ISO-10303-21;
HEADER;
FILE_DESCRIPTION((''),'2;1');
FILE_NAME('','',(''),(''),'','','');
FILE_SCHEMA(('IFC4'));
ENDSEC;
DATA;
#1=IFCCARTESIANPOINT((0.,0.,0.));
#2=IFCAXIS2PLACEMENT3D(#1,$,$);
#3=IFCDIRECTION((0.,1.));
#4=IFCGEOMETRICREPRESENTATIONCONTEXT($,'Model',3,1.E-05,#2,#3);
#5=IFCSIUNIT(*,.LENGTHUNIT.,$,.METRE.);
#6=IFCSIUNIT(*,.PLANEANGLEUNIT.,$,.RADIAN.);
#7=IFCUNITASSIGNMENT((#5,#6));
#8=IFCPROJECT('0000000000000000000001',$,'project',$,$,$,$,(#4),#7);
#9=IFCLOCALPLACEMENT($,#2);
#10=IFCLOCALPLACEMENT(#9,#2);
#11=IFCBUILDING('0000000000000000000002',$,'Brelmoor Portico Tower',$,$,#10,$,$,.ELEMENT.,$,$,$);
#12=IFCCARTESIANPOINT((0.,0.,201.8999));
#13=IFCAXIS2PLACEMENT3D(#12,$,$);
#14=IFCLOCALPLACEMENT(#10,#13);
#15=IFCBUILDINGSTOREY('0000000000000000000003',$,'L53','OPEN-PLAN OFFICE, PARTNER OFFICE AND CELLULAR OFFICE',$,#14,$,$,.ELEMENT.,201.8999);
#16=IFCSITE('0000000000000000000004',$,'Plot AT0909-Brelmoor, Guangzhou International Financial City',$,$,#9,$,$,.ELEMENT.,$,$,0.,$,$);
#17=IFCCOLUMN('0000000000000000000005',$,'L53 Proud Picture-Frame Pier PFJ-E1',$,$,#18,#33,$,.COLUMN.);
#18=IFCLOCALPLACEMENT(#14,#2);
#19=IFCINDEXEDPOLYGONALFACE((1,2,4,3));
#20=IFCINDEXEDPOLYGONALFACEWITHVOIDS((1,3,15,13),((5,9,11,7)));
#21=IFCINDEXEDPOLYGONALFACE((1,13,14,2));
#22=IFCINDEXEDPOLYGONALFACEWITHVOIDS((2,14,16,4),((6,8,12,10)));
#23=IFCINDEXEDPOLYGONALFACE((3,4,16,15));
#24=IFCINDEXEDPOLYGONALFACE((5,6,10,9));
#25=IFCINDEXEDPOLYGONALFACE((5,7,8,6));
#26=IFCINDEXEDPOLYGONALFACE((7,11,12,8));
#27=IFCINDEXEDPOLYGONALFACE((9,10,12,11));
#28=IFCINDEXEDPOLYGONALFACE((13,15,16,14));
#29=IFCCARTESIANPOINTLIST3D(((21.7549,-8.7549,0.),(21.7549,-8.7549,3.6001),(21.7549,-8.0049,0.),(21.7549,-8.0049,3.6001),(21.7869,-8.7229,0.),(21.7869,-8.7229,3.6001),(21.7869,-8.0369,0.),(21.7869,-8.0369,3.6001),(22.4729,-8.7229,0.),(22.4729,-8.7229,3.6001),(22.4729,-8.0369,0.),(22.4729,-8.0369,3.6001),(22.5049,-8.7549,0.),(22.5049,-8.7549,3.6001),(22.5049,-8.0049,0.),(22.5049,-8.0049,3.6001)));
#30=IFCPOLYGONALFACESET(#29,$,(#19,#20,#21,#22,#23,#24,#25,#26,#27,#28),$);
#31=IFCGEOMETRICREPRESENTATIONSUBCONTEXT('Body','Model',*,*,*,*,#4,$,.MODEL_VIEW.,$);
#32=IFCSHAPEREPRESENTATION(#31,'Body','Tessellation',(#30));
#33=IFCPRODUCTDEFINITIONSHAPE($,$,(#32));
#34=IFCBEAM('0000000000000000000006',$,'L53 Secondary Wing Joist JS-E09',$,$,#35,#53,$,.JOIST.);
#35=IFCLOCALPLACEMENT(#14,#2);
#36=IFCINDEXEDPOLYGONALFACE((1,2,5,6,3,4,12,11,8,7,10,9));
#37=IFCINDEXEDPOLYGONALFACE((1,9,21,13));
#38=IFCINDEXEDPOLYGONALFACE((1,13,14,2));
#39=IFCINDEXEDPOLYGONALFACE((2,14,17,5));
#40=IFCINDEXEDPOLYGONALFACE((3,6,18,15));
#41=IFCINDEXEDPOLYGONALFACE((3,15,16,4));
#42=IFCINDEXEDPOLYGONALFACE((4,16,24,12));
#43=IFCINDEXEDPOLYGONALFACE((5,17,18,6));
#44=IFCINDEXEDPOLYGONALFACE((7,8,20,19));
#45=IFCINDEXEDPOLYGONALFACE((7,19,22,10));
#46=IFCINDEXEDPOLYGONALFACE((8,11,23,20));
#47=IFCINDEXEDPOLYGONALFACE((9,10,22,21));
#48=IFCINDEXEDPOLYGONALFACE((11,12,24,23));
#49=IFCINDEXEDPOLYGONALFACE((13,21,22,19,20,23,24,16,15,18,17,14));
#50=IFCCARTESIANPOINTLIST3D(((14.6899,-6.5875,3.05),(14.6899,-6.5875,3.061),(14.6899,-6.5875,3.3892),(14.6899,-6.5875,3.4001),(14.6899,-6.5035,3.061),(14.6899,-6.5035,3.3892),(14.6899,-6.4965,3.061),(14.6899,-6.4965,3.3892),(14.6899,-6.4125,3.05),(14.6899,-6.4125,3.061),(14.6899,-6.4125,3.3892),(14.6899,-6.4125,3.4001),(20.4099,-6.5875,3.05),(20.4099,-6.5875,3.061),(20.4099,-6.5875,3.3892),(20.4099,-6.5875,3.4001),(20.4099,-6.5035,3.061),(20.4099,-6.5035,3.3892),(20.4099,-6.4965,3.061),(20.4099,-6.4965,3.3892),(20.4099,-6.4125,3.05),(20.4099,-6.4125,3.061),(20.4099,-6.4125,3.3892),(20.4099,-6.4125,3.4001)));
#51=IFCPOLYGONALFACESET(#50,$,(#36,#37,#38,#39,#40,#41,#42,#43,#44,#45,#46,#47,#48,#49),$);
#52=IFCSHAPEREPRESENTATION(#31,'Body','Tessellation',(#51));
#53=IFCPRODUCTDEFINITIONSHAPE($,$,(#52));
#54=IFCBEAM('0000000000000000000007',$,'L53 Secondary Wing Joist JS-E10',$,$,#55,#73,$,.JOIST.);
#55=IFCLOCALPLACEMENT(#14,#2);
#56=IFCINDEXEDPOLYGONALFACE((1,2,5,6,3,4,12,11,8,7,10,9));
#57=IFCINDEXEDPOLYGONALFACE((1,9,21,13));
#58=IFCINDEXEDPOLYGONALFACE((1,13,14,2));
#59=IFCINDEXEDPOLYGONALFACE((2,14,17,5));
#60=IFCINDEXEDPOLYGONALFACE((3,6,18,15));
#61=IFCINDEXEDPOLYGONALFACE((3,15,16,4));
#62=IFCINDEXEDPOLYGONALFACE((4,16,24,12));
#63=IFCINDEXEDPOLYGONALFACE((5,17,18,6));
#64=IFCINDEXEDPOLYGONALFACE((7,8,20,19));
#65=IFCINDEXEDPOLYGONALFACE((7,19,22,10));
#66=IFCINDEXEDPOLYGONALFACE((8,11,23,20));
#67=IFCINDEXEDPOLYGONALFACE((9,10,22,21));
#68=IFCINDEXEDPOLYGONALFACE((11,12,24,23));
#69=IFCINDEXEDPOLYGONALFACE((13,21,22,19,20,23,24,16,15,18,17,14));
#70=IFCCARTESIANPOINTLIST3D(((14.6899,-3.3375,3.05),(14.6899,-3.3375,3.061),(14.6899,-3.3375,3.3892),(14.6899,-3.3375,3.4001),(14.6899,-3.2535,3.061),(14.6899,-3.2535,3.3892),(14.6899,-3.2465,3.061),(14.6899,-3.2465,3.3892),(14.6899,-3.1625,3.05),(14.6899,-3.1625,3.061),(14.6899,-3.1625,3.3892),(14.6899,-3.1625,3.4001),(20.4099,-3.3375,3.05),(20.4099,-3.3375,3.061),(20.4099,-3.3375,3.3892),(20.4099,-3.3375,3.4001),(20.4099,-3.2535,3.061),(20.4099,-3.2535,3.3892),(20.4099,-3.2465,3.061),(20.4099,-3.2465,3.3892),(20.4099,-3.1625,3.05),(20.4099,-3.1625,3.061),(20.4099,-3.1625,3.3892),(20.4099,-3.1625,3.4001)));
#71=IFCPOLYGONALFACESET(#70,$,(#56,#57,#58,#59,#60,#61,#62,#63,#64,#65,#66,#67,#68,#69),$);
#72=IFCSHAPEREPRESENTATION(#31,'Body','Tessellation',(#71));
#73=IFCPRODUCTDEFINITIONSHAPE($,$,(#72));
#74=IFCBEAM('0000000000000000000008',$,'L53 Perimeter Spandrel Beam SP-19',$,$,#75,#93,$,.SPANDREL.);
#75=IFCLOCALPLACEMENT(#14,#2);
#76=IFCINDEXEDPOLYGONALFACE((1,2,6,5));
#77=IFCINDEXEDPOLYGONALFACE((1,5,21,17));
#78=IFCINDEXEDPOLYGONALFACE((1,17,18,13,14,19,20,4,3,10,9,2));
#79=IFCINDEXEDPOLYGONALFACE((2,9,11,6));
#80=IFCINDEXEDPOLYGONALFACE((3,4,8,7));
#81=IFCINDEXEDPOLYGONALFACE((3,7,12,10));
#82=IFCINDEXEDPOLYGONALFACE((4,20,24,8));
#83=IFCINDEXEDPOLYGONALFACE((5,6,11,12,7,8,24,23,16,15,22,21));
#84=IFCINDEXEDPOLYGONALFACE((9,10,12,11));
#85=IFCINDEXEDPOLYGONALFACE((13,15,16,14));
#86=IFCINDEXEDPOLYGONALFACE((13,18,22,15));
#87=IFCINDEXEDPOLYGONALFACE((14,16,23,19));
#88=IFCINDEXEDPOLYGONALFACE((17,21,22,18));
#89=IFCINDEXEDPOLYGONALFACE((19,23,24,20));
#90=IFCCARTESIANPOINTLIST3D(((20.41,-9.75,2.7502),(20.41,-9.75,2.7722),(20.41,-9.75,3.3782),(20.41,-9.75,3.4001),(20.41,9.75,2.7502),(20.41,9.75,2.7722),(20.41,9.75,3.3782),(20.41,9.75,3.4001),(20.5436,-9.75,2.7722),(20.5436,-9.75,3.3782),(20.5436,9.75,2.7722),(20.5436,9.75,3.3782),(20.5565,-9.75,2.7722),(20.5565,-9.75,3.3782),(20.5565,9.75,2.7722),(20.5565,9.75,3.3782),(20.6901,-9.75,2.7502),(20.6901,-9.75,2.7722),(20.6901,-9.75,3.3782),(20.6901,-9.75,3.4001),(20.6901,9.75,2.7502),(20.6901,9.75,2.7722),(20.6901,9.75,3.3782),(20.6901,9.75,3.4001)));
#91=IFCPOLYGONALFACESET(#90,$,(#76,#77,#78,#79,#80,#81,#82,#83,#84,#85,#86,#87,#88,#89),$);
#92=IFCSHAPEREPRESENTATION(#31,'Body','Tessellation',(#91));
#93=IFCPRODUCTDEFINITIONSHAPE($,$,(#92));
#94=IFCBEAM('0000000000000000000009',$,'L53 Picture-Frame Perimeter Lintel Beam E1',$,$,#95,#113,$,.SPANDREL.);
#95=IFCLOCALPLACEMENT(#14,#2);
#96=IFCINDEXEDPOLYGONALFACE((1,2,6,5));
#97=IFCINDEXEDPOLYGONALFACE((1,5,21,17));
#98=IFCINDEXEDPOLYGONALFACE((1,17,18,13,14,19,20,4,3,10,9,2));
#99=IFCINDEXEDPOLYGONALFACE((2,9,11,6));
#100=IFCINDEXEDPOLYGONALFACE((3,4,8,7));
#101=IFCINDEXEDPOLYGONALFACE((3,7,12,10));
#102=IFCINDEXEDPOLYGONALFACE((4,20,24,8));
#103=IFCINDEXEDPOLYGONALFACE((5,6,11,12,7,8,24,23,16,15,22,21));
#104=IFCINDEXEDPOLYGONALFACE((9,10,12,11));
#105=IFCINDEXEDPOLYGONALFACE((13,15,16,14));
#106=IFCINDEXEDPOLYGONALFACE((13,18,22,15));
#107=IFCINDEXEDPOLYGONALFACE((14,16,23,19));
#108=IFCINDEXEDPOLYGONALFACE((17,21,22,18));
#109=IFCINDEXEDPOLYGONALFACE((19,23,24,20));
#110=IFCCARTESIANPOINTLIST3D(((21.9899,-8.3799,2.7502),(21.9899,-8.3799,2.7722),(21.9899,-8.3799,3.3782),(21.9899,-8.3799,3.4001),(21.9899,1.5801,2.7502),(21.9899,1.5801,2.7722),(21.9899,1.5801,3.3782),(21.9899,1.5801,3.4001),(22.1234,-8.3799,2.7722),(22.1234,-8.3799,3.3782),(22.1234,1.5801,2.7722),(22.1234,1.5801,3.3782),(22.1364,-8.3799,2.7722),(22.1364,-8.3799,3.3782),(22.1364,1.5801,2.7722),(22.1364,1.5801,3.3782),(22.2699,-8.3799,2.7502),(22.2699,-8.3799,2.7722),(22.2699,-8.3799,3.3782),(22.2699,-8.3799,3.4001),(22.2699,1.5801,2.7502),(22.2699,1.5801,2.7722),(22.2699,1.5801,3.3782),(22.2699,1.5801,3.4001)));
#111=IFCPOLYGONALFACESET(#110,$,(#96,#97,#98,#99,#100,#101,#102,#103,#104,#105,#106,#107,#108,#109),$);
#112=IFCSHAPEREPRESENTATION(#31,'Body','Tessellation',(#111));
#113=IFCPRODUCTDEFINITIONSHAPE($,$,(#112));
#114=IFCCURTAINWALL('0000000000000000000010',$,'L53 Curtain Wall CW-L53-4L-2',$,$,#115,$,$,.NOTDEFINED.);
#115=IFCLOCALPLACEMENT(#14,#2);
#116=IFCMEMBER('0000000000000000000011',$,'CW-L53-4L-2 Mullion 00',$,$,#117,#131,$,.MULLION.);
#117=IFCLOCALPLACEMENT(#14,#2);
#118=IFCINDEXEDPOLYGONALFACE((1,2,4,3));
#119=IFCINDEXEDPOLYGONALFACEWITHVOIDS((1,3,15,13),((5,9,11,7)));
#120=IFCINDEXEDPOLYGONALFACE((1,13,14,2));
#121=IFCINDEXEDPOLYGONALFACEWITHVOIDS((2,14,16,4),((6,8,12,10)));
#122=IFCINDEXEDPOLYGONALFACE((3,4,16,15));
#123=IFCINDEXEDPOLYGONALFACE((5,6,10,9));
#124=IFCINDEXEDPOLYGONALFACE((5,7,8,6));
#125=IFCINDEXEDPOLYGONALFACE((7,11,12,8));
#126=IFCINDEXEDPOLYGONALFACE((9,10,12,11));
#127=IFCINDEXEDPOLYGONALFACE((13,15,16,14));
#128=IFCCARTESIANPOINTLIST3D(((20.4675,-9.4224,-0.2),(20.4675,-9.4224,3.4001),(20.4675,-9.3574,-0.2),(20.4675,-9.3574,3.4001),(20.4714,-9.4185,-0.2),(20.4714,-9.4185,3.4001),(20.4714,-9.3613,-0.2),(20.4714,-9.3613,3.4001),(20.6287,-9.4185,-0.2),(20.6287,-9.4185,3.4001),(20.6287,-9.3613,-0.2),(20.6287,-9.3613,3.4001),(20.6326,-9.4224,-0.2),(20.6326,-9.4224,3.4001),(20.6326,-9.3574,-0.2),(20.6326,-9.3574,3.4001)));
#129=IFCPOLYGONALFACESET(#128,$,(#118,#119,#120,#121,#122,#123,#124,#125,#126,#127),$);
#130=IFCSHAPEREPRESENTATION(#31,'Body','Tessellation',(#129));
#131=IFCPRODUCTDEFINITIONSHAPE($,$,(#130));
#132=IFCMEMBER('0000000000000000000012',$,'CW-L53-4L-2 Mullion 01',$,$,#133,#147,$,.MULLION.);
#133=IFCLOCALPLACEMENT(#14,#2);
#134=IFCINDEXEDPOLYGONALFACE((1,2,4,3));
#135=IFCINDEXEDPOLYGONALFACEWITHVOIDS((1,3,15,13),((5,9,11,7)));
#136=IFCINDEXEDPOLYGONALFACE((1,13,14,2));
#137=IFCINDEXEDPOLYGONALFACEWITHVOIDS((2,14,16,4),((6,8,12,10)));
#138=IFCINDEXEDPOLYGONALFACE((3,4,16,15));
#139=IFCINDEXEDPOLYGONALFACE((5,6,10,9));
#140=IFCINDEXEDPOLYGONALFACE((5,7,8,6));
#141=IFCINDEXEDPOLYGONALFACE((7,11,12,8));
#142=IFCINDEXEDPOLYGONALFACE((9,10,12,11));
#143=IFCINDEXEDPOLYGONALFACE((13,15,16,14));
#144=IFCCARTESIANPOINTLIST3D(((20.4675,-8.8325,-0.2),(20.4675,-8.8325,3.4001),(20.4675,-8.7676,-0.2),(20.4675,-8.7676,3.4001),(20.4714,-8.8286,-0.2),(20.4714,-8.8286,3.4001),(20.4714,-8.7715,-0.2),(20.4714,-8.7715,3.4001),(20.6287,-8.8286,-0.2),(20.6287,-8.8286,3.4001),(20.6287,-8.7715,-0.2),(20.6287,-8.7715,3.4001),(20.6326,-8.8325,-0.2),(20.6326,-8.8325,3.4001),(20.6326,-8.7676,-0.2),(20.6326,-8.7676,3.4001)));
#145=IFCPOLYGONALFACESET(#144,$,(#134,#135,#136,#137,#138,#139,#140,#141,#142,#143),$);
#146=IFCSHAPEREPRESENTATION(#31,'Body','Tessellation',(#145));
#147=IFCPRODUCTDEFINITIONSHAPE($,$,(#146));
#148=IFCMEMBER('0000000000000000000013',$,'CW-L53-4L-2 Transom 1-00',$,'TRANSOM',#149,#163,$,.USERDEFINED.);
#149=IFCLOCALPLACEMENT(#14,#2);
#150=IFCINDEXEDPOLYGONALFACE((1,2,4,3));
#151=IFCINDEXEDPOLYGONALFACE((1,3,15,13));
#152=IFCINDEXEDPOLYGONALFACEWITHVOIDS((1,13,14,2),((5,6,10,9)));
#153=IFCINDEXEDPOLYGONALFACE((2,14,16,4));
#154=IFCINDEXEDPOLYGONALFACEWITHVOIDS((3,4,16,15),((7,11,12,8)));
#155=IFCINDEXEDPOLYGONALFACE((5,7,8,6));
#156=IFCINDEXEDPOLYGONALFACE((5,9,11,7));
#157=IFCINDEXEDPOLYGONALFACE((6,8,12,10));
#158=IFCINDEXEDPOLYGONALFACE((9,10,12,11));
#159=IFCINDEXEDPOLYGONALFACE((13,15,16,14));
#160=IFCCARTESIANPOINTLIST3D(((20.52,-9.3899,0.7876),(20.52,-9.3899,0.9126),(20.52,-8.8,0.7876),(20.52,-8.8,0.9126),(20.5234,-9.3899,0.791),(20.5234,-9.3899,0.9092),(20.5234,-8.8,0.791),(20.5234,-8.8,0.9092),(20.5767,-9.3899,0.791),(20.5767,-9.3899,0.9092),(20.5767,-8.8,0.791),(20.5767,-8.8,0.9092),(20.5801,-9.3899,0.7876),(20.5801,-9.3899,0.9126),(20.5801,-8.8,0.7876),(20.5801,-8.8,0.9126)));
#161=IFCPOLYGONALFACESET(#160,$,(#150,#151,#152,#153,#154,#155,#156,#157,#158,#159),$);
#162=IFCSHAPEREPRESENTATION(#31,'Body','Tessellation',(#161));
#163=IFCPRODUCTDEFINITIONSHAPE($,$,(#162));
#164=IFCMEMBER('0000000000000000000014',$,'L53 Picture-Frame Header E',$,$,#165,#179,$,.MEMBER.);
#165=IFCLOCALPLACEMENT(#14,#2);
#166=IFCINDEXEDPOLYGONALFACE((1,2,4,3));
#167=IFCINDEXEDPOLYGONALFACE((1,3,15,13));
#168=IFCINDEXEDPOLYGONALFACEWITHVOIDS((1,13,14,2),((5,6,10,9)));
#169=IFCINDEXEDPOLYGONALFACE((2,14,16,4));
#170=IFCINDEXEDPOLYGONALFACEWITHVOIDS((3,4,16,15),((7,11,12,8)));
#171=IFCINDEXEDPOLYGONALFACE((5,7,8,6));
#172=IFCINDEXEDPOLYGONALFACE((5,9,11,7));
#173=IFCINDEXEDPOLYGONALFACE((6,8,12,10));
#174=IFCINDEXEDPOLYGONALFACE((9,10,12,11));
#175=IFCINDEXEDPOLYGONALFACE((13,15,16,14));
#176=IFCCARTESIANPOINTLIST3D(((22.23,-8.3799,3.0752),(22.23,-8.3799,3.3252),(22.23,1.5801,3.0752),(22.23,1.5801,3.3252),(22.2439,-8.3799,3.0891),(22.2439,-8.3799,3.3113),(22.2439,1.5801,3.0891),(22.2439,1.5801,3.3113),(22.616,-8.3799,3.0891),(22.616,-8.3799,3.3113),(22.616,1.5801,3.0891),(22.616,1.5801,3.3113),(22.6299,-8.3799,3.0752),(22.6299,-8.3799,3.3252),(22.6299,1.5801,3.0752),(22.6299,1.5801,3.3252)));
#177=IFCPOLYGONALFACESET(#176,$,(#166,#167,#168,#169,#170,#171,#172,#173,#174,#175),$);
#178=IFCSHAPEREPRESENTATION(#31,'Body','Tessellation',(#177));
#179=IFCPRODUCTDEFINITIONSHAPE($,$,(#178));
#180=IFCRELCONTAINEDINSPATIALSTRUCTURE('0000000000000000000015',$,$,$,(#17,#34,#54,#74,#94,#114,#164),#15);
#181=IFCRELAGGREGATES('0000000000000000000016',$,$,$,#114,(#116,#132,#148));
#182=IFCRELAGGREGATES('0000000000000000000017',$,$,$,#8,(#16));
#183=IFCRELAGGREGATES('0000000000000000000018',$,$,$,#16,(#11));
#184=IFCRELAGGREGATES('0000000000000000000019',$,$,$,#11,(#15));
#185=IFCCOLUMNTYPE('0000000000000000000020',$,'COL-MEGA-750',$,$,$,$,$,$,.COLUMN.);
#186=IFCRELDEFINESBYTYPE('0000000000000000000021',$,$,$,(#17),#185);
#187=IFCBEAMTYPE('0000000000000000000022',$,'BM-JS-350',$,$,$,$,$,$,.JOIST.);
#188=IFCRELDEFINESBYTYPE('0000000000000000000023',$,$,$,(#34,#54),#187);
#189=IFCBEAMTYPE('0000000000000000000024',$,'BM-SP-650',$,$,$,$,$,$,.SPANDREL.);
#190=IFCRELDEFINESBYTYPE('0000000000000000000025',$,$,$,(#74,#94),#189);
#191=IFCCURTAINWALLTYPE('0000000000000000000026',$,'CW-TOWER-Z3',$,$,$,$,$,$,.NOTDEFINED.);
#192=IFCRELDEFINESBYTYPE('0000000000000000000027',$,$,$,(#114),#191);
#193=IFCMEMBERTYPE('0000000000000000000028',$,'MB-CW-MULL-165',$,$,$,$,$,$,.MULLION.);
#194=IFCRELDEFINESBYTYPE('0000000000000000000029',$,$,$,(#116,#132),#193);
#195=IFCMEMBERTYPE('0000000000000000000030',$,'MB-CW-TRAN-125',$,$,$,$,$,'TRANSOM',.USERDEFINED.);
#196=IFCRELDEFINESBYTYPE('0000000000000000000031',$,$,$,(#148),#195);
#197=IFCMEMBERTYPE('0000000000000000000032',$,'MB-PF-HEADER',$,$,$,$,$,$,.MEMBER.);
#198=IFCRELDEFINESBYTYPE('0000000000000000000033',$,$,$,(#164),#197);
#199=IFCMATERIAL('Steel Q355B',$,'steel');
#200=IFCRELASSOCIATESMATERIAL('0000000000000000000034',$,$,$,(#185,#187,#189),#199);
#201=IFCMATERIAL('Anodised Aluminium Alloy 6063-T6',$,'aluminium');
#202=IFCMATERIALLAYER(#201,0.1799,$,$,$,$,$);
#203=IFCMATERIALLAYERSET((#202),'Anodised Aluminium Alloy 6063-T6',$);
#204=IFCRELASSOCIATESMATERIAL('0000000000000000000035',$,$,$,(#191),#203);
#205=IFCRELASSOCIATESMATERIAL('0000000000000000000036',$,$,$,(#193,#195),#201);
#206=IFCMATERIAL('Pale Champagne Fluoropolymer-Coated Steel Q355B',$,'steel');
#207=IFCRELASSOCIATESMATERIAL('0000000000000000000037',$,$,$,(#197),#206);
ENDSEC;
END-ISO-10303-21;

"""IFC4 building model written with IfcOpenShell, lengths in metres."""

from ifc_helpers import new_model, si_unit, direction, frame, origin, origin_2d, place, context, subcontext, project, spatial, hollow_rectangle, i_section, extrude, material, layer, layer_set, material_profile, profile_set, type_object, element, aggregate, save


model = new_model("IFC4")

# Units and contexts
model_context = context("Model", 3, precision=1e-05, world=origin(), true_north=direction((0.0, 1.0)))
body_context = subcontext(model_context, "Body", "Model", "MODEL_VIEW")
ifc_project = project(units=[si_unit("LENGTHUNIT", "METRE"), si_unit("PLANEANGLEUNIT", "RADIAN")], contexts=[model_context])

# Site, building, storey
site_placement = place(None, origin())
site = spatial("IfcSite", under=ifc_project, at=site_placement, Name="Plot AT0909-Brelmoor, Guangzhou International Financial City", CompositionType="ELEMENT", RefElevation=0.0)
building_placement = place(site_placement, origin())
building = spatial("IfcBuilding", under=site, at=building_placement, Name="Brelmoor Portico Tower", CompositionType="ELEMENT")
storey_placement = place(building_placement, frame((0.0, 0.0, 201.8999)))
storey = spatial("IfcBuildingStorey", under=building, at=storey_placement, Name="L53", Description="OPEN-PLAN OFFICE, PARTNER OFFICE AND CELLULAR OFFICE", CompositionType="ELEMENT", Elevation=201.8999)

# Column
ifc_material_1 = material(Name="Steel Q355B", Category="steel")
ifc_material_profile_1 = material_profile(ifc_material_1, hollow_rectangle(XDim=0.75, YDim=0.75, WallThickness=0.032, at=origin_2d()), Name="BOX 750x750x32")
ifc_profile_set_1 = profile_set([ifc_material_profile_1], Name="Steel Q355B")
column_type = type_object("IfcColumnType", Name="COL-MEGA-750", PredefinedType="COLUMN", material=ifc_profile_set_1)
column_placement = place(storey_placement, frame((22.1299, -8.3799, 0.0), z_axis=(0.0, 0.0, 1.0), x_axis=(0.0, 1.0, 0.0)))
element("IfcColumn", 1, at=column_placement, inside=storey, type_object=column_type, Name="L53 Proud Picture-Frame Pier PFJ-E1", PredefinedType="COLUMN", context=body_context, shape_type="SweptSolid", body=[
    extrude(hollow_rectangle(XDim=0.75, YDim=0.75, WallThickness=0.032, at=origin_2d()), origin(), (0.0, 0.0, 1.0), 3.6001),
])

# Beams
ifc_material_profile_2 = material_profile(ifc_material_1, i_section(OverallWidth=0.175, OverallDepth=0.3501, WebThickness=0.0071, FlangeThickness=0.011, at=origin_2d()), Name="HN 350x175x7x11")
ifc_profile_set_2 = profile_set([ifc_material_profile_2], Name="Steel Q355B")
beam_type_1 = type_object("IfcBeamType", Name="BM-JS-350", PredefinedType="JOIST", material=ifc_profile_set_2)
for number, where, z_axis, x_axis, name in (
    (2, (14.6899, -6.5, 3.2251), (1.0, 0.0, 0.0), (0.0, 1.0, 0.0), "L53 Secondary Wing Joist JS-E09"),
    (3, (14.6899, -3.25, 3.2251), (1.0, 0.0, 0.0), (0.0, 1.0, 0.0), "L53 Secondary Wing Joist JS-E10"),
):
    element("IfcBeam", number, at=place(storey_placement, frame(where, z_axis=z_axis, x_axis=x_axis)), inside=storey, type_object=beam_type_1, Name=name, PredefinedType="JOIST", context=body_context, shape_type="SweptSolid", body=[
        extrude(i_section(OverallWidth=0.175, OverallDepth=0.3501, WebThickness=0.0071, FlangeThickness=0.011, at=origin_2d()), origin(), (0.0, 0.0, 1.0), 5.72),
    ])
ifc_material_profile_3 = material_profile(ifc_material_1, i_section(OverallWidth=0.28, OverallDepth=0.6499, WebThickness=0.0129, FlangeThickness=0.022, at=origin_2d()), Name="HN 650x280x13x22")
ifc_profile_set_3 = profile_set([ifc_material_profile_3], Name="Steel Q355B")
beam_type_2 = type_object("IfcBeamType", Name="BM-SP-650", PredefinedType="SPANDREL", material=ifc_profile_set_3)
beam_1_placement = place(storey_placement, frame((20.55, -9.75, 3.0752), z_axis=(0.0, 1.0, 0.0), x_axis=(-1.0, 0.0, 0.0)))
element("IfcBeam", 4, at=beam_1_placement, inside=storey, type_object=beam_type_2, Name="L53 Perimeter Spandrel Beam SP-19", PredefinedType="SPANDREL", context=body_context, shape_type="SweptSolid", body=[
    extrude(i_section(OverallWidth=0.28, OverallDepth=0.6499, WebThickness=0.0129, FlangeThickness=0.022, at=origin_2d()), origin(), (0.0, 0.0, 1.0), 19.5),
])
beam_2_placement = place(storey_placement, frame((22.1299, -8.3799, 3.0752), z_axis=(0.0, 1.0, 0.0), x_axis=(-1.0, 0.0, 0.0)))
element("IfcBeam", 5, at=beam_2_placement, inside=storey, type_object=beam_type_2, Name="L53 Picture-Frame Perimeter Lintel Beam E1", PredefinedType="SPANDREL", context=body_context, shape_type="SweptSolid", body=[
    extrude(i_section(OverallWidth=0.28, OverallDepth=0.6499, WebThickness=0.0129, FlangeThickness=0.022, at=origin_2d()), origin(), (0.0, 0.0, 1.0), 9.96),
])

# Curtain wall, members
ifc_material_2 = material(Name="Anodised Aluminium Alloy 6063-T6", Category="aluminium")
ifc_layer_1 = layer(ifc_material_2, 0.1799)
ifc_layer_set_1 = layer_set([ifc_layer_1], Name="Anodised Aluminium Alloy 6063-T6")
curtain_wall_type = type_object("IfcCurtainWallType", Name="CW-TOWER-Z3", PredefinedType="NOTDEFINED", material=ifc_layer_set_1)
curtain_wall_placement = place(storey_placement, origin())
curtain_wall = element("IfcCurtainWall", 6, at=curtain_wall_placement, inside=storey, type_object=curtain_wall_type, Name="L53 Curtain Wall CW-L53-4L-2", PredefinedType="NOTDEFINED")
ifc_material_profile_4 = material_profile(ifc_material_2, hollow_rectangle(XDim=0.0649, YDim=0.165, WallThickness=0.0039, at=origin_2d()), Name="ALU MULLION 65x165")
ifc_profile_set_4 = profile_set([ifc_material_profile_4], Name="Anodised Aluminium Alloy 6063-T6")
member_type_1 = type_object("IfcMemberType", Name="MB-CW-MULL-165", PredefinedType="MULLION", material=ifc_profile_set_4)
member_1_placement = place(storey_placement, frame((20.55, -9.3899, -0.2), z_axis=(0.0, 0.0, 1.0), x_axis=(0.0, 1.0, 0.0)))
member_1 = element("IfcMember", 7, at=member_1_placement, type_object=member_type_1, Name="CW-L53-4L-2 Mullion 00", PredefinedType="MULLION", context=body_context, shape_type="SweptSolid", body=[
    extrude(hollow_rectangle(XDim=0.0649, YDim=0.165, WallThickness=0.0039, at=origin_2d()), origin(), (0.0, 0.0, 1.0), 3.6001),
])
member_2_placement = place(storey_placement, frame((20.55, -8.8, -0.2), z_axis=(0.0, 0.0, 1.0), x_axis=(0.0, 1.0, 0.0)))
member_2 = element("IfcMember", 8, at=member_2_placement, type_object=member_type_1, Name="CW-L53-4L-2 Mullion 01", PredefinedType="MULLION", context=body_context, shape_type="SweptSolid", body=[
    extrude(hollow_rectangle(XDim=0.0649, YDim=0.165, WallThickness=0.0039, at=origin_2d()), origin(), (0.0, 0.0, 1.0), 3.6001),
])
ifc_material_profile_5 = material_profile(ifc_material_2, hollow_rectangle(XDim=0.0601, YDim=0.125, WallThickness=0.0034, at=origin_2d()), Name="ALU TRANSOM 60x125")
ifc_profile_set_5 = profile_set([ifc_material_profile_5], Name="Anodised Aluminium Alloy 6063-T6")
member_type_2 = type_object("IfcMemberType", Name="MB-CW-TRAN-125", ElementType="TRANSOM", PredefinedType="USERDEFINED", material=ifc_profile_set_5)
member_3_placement = place(storey_placement, frame((20.55, -9.3899, 0.8501), z_axis=(0.0, 1.0, 0.0), x_axis=(-1.0, 0.0, 0.0)))
member_3 = element("IfcMember", 9, at=member_3_placement, type_object=member_type_2, Name="CW-L53-4L-2 Transom 1-00", ObjectType="TRANSOM", PredefinedType="USERDEFINED", context=body_context, shape_type="SweptSolid", body=[
    extrude(hollow_rectangle(XDim=0.0601, YDim=0.125, WallThickness=0.0034, at=origin_2d()), origin(), (0.0, 0.0, 1.0), 0.5898),
])

# Member
ifc_material_3 = material(Name="Pale Champagne Fluoropolymer-Coated Steel Q355B", Category="steel")
ifc_material_profile_6 = material_profile(ifc_material_3, hollow_rectangle(XDim=0.25, YDim=0.3999, WallThickness=0.0139, at=origin_2d()), Name="RHS 250x400x14")
ifc_profile_set_6 = profile_set([ifc_material_profile_6], Name="Pale Champagne Fluoropolymer-Coated Steel Q355B")
member_type_3 = type_object("IfcMemberType", Name="MB-PF-HEADER", PredefinedType="MEMBER", material=ifc_profile_set_6)
member_4_placement = place(storey_placement, frame((22.4299, -8.3799, 3.2002), z_axis=(0.0, 1.0, 0.0), x_axis=(0.0, 0.0, 1.0)))
element("IfcMember", 10, at=member_4_placement, inside=storey, type_object=member_type_3, Name="L53 Picture-Frame Header E", PredefinedType="MEMBER", context=body_context, shape_type="SweptSolid", body=[
    extrude(hollow_rectangle(XDim=0.25, YDim=0.3999, WallThickness=0.0139, at=origin_2d()), origin(), (0.0, 0.0, 1.0), 9.96),
])

aggregate(curtain_wall, [member_1, member_2, member_3])

save(model, "model.ifc")
